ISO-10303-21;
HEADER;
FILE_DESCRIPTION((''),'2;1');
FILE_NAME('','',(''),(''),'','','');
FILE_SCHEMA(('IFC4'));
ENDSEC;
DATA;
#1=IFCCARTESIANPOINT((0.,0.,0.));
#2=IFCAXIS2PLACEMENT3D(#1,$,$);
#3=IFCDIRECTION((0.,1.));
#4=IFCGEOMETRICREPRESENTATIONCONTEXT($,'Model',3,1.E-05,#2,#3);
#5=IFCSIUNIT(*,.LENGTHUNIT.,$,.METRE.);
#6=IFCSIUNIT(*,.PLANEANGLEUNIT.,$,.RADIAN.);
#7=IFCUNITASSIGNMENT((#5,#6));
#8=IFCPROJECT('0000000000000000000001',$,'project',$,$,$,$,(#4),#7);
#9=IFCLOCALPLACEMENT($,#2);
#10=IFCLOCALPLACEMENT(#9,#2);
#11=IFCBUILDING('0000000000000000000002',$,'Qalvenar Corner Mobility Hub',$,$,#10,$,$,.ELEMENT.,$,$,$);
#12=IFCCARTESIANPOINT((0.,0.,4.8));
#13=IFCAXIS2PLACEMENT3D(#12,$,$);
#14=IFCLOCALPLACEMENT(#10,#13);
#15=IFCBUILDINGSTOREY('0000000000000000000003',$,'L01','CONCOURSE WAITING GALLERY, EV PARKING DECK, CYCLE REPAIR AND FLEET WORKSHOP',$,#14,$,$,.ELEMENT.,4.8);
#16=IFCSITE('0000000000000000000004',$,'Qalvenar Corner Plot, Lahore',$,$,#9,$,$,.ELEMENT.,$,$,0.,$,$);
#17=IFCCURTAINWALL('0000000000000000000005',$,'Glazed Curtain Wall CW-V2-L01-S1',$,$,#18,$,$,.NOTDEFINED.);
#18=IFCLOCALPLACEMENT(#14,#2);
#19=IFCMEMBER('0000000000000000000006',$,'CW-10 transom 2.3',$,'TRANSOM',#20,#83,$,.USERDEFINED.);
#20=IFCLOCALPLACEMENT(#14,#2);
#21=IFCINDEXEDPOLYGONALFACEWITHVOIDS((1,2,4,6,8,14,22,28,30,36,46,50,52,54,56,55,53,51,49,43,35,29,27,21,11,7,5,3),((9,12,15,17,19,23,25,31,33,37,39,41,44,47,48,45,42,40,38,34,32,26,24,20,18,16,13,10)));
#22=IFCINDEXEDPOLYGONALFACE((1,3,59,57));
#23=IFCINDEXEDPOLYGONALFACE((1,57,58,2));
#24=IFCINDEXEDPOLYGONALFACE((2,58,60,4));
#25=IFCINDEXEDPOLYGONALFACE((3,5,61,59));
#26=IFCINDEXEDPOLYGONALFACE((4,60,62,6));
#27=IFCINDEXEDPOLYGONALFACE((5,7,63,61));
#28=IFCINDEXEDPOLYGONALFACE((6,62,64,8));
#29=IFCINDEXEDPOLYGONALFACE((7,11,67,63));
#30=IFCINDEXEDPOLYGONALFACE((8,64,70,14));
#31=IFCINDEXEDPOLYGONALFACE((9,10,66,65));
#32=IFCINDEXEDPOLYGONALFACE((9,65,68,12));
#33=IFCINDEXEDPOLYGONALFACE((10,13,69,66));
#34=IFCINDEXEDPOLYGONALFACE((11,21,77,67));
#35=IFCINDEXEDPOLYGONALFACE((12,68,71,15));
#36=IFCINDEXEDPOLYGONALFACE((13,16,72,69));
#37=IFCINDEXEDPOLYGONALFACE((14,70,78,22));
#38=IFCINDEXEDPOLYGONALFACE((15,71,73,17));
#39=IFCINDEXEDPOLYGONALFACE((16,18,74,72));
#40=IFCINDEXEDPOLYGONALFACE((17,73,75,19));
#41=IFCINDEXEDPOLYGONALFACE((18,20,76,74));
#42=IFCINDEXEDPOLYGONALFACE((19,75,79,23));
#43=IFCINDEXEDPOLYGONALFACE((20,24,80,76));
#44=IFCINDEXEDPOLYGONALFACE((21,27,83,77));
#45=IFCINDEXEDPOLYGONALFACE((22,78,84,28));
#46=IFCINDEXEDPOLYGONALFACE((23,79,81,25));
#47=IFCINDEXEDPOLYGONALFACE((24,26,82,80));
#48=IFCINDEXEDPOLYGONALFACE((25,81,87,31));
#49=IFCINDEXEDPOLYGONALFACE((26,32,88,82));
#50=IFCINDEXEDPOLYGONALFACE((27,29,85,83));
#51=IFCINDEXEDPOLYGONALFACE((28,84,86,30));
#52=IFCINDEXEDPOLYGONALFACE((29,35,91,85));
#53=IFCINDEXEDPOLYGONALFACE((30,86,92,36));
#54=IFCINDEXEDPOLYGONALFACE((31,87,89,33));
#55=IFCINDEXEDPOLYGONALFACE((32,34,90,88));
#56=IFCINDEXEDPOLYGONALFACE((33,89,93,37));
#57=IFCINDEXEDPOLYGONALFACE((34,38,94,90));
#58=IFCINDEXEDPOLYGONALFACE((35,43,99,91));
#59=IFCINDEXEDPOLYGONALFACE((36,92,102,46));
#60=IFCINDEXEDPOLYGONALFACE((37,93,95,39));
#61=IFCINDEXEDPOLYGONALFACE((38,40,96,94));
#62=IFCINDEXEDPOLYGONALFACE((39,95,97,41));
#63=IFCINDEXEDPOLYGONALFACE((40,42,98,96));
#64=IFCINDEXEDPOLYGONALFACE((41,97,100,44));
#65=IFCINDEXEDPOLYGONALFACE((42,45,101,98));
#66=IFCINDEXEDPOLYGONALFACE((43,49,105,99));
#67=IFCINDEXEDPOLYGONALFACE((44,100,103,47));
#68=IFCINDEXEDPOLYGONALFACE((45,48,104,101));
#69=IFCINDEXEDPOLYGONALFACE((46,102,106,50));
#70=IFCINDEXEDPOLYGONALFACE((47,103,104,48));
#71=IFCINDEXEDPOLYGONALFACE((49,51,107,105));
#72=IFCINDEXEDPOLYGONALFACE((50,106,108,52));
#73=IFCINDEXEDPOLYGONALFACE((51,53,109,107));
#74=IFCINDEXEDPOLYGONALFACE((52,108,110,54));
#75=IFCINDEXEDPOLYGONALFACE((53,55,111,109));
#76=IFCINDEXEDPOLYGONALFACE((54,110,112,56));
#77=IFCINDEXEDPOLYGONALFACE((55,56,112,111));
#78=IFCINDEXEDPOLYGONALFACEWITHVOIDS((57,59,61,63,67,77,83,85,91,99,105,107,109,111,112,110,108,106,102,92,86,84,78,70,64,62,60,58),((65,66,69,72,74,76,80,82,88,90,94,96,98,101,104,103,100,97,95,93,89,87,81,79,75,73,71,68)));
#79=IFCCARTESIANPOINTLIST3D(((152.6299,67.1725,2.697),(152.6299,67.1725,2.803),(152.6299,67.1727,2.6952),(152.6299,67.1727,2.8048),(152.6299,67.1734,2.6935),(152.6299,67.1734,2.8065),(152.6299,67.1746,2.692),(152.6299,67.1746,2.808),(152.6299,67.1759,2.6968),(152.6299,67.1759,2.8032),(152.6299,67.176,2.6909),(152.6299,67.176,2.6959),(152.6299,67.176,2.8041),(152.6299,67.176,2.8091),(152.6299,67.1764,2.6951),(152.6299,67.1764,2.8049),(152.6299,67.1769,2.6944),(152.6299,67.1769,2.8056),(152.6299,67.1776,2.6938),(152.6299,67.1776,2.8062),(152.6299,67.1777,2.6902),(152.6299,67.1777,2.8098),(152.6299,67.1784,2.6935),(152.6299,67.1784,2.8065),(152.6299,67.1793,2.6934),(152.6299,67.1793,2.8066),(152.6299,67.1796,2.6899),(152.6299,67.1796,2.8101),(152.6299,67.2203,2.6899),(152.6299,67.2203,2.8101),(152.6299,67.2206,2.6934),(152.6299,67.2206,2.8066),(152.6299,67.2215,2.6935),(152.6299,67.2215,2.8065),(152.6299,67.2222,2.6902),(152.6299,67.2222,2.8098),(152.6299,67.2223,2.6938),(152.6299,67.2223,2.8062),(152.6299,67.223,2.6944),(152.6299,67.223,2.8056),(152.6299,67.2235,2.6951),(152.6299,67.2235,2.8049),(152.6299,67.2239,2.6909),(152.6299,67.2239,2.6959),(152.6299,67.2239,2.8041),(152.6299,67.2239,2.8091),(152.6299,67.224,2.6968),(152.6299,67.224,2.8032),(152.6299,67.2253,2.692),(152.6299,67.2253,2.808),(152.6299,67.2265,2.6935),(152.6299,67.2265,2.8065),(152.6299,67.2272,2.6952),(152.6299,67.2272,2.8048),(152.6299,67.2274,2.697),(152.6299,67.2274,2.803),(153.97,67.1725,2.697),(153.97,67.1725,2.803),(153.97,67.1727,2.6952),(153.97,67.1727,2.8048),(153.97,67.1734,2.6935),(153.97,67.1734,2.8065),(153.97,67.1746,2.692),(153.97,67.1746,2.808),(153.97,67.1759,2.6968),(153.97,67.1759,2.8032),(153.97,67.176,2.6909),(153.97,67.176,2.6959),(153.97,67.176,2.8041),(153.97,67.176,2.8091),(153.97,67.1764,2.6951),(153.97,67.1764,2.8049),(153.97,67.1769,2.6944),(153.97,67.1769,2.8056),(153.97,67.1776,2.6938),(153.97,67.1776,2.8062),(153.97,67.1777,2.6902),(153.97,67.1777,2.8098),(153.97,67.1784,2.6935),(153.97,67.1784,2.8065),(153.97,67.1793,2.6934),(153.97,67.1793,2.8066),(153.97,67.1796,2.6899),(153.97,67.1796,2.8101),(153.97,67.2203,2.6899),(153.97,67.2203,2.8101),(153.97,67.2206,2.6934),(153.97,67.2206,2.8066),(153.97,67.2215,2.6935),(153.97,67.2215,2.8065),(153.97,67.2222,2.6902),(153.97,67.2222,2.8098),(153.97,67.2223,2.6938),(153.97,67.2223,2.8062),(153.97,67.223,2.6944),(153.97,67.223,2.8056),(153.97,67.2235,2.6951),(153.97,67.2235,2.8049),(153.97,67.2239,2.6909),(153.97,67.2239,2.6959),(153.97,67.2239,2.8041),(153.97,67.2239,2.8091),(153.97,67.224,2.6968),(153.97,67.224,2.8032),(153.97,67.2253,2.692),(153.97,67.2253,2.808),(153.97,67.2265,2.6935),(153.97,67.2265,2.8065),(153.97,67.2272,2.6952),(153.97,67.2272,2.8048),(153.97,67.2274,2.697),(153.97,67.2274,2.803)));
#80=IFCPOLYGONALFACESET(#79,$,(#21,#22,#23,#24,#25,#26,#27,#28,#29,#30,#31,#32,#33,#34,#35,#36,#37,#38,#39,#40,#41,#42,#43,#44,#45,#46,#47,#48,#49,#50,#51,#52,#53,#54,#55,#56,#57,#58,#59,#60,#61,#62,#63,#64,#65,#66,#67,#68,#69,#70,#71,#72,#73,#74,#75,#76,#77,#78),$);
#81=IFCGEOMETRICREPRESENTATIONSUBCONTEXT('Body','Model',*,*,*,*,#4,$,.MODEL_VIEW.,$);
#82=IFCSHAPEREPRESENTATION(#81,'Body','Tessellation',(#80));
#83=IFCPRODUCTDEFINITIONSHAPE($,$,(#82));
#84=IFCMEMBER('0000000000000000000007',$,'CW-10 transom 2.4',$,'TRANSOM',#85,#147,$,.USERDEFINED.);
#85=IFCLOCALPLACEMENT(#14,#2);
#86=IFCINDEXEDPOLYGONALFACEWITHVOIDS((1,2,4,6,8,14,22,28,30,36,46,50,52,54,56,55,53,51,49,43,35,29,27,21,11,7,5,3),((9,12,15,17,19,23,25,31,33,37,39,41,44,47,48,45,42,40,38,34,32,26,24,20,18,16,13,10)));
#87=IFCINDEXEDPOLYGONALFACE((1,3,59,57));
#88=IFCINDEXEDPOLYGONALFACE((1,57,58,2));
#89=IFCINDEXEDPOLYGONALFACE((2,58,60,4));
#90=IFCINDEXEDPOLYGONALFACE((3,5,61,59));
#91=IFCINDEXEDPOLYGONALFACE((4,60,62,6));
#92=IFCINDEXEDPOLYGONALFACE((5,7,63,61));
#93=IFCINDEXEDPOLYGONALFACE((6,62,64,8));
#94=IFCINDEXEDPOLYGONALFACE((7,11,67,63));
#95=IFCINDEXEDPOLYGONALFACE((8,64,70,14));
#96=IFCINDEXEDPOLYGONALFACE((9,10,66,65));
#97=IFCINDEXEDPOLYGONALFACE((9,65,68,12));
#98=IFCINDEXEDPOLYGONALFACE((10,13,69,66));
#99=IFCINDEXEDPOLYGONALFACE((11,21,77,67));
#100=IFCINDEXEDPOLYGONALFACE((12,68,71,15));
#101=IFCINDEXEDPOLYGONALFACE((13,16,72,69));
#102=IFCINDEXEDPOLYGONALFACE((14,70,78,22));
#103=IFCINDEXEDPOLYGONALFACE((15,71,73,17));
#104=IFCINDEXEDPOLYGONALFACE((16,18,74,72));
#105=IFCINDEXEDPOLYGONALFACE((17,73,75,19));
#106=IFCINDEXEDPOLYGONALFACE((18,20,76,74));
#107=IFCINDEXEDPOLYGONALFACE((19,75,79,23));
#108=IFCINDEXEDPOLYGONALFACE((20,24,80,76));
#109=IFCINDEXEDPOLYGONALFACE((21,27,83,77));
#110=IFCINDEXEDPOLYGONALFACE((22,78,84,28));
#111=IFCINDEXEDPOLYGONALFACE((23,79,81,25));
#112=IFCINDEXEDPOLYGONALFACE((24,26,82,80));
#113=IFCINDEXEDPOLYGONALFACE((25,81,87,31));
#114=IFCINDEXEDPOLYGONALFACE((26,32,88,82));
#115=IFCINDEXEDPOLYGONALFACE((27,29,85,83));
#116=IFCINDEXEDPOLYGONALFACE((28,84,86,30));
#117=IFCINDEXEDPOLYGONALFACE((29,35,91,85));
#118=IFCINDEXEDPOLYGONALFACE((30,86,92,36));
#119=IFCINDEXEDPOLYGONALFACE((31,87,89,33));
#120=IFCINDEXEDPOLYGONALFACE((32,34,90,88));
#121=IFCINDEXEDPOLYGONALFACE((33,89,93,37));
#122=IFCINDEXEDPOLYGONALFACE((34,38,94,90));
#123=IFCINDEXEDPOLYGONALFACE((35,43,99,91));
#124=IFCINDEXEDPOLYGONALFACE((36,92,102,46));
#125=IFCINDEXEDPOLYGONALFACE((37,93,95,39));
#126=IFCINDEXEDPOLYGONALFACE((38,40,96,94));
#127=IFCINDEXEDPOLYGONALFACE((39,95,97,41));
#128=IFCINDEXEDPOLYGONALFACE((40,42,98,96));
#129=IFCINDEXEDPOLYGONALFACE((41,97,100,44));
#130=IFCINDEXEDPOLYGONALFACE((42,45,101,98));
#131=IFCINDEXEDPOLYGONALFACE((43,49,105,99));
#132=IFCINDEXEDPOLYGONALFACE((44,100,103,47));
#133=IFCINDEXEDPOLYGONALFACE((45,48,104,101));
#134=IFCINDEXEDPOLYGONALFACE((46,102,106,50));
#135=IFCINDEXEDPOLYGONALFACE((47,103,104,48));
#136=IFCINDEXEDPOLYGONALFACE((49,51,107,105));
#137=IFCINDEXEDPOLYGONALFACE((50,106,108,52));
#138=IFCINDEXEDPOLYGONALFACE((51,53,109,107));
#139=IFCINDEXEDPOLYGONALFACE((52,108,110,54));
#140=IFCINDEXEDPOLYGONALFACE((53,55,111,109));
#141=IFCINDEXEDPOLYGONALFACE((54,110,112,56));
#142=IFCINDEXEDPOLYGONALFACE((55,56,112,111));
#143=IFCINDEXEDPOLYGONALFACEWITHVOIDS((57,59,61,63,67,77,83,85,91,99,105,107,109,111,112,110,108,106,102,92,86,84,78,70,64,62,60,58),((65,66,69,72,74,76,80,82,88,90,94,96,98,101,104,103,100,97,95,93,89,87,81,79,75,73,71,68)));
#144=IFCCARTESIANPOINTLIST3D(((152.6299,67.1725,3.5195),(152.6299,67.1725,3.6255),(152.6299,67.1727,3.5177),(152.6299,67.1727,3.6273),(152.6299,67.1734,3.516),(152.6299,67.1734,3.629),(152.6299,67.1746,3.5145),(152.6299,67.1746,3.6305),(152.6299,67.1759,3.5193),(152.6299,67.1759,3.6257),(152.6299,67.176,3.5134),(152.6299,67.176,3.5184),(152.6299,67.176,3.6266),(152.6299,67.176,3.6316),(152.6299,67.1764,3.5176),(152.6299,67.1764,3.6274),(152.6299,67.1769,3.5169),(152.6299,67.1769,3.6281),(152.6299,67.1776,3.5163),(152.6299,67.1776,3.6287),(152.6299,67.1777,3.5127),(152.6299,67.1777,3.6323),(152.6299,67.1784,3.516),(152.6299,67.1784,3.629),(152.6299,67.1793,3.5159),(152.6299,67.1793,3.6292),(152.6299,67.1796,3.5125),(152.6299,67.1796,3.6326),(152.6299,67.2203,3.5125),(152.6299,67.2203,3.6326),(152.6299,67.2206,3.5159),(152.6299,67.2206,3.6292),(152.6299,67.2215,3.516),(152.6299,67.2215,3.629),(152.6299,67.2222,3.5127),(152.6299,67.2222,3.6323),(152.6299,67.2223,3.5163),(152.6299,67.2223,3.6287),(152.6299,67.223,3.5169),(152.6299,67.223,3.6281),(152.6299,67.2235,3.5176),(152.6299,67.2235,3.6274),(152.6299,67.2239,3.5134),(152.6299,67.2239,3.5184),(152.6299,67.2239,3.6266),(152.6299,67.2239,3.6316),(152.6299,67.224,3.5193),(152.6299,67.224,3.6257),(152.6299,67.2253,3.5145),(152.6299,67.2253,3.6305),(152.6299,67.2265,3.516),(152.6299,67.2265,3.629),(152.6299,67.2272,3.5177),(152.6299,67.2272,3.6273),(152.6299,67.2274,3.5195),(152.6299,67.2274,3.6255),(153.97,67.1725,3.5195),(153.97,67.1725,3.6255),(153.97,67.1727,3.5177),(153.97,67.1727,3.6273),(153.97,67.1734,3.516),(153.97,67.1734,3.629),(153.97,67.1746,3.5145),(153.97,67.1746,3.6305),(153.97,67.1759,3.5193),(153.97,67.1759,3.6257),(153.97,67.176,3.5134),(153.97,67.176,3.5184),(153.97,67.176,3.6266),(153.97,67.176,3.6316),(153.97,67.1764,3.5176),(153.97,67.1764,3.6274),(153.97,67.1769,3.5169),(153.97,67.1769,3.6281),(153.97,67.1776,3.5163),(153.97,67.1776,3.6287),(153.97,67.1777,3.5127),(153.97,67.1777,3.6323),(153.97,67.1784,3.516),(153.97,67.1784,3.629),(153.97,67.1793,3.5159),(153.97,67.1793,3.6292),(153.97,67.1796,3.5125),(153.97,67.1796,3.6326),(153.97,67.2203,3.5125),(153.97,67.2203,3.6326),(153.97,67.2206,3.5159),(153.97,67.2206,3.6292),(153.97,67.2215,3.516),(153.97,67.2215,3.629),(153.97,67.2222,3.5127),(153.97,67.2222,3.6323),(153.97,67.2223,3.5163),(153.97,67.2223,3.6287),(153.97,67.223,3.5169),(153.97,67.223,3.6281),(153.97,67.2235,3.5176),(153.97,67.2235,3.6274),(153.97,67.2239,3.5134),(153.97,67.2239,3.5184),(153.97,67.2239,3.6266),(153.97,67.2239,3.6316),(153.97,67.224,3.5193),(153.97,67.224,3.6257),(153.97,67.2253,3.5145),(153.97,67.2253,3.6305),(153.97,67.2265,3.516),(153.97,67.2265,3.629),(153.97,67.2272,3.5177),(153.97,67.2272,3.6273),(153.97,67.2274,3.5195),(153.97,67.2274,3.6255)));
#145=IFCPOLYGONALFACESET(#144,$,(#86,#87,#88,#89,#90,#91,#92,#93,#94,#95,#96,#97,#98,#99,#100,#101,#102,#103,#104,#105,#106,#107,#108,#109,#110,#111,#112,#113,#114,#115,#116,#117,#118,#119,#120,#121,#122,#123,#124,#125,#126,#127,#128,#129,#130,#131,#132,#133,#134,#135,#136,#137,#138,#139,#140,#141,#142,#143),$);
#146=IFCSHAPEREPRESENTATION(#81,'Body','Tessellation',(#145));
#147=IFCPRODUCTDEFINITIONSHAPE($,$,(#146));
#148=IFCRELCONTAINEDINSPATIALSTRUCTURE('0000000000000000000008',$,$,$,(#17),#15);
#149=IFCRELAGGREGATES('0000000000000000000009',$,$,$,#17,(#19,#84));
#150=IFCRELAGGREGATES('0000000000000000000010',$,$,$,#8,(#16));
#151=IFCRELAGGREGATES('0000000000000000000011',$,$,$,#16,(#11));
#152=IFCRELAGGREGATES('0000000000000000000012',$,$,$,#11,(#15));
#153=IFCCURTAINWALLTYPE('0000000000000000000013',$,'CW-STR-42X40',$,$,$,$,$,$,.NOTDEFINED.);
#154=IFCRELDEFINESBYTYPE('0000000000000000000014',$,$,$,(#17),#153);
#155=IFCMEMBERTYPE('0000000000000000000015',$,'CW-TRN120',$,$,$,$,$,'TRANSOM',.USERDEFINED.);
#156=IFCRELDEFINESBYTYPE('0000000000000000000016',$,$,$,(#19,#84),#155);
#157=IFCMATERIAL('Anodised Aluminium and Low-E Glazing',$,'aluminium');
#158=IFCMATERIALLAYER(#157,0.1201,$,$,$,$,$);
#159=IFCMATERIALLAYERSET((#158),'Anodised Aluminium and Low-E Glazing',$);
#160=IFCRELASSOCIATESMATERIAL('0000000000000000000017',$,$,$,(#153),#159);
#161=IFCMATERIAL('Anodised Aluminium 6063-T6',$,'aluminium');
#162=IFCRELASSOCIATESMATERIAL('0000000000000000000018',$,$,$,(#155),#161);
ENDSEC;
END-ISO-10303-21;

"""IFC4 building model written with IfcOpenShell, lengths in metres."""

from ifc_helpers import new_model, si_unit, direction, frame, origin, origin_2d, place, context, subcontext, project, spatial, hollow_rectangle, extrude, material, layer, layer_set, material_profile, profile_set, type_object, element, aggregate, save


model = new_model("IFC4")

# Units and contexts
model_context = context("Model", 3, precision=1e-05, world=origin(), true_north=direction((0.0, 1.0)))
body_context = subcontext(model_context, "Body", "Model", "MODEL_VIEW")
ifc_project = project(units=[si_unit("LENGTHUNIT", "METRE"), si_unit("PLANEANGLEUNIT", "RADIAN")], contexts=[model_context])

# Site, building, storey
site_placement = place(None, origin())
site = spatial("IfcSite", under=ifc_project, at=site_placement, Name="Qalvenar Corner Plot, Lahore", CompositionType="ELEMENT", RefElevation=0.0)
building_placement = place(site_placement, origin())
building = spatial("IfcBuilding", under=site, at=building_placement, Name="Qalvenar Corner Mobility Hub", CompositionType="ELEMENT")
storey_placement = place(building_placement, frame((0.0, 0.0, 4.8)))
storey = spatial("IfcBuildingStorey", under=building, at=storey_placement, Name="L01", Description="CONCOURSE WAITING GALLERY, EV PARKING DECK, CYCLE REPAIR AND FLEET WORKSHOP", CompositionType="ELEMENT", Elevation=4.8)

# Curtain wall, members
ifc_material_1 = material(Name="Anodised Aluminium and Low-E Glazing", Category="aluminium")
ifc_layer_1 = layer(ifc_material_1, 0.1201)
ifc_layer_set_1 = layer_set([ifc_layer_1], Name="Anodised Aluminium and Low-E Glazing")
curtain_wall_type = type_object("IfcCurtainWallType", Name="CW-STR-42X40", PredefinedType="NOTDEFINED", material=ifc_layer_set_1)
curtain_wall_placement = place(storey_placement, origin())
curtain_wall = element("IfcCurtainWall", 1, at=curtain_wall_placement, inside=storey, type_object=curtain_wall_type, Name="Glazed Curtain Wall CW-V2-L01-S1", PredefinedType="NOTDEFINED")
ifc_material_2 = material(Name="Anodised Aluminium 6063-T6", Category="aluminium")
ifc_material_profile_1 = material_profile(ifc_material_2, hollow_rectangle(XDim=0.0549, YDim=0.1201, WallThickness=0.0034, InnerFilletRadius=0.0034, OuterFilletRadius=0.0071, at=origin_2d()), Name="RHS120x55x3.5")
ifc_profile_set_1 = profile_set([ifc_material_profile_1], Name="Anodised Aluminium 6063-T6")
member_type_1 = type_object("IfcMemberType", Name="CW-TRN120", ElementType="TRANSOM", PredefinedType="USERDEFINED", material=ifc_profile_set_1)
member_1_placement = place(storey_placement, frame((152.6299, 67.2, 2.75), z_axis=(1.0, 0.0, 0.0), x_axis=(0.0, 1.0, 0.0)))
member_1 = element("IfcMember", 2, at=member_1_placement, type_object=member_type_1, Name="CW-10 transom 2.3", ObjectType="TRANSOM", PredefinedType="USERDEFINED", context=body_context, shape_type="SweptSolid", body=[
    extrude(hollow_rectangle(XDim=0.0549, YDim=0.1201, WallThickness=0.0034, InnerFilletRadius=0.0034, OuterFilletRadius=0.0071, at=origin_2d()), origin(), (0.0, 0.0, 1.0), 1.3401),
])
member_2_placement = place(storey_placement, frame((152.6299, 67.2, 3.5725), z_axis=(1.0, 0.0, 0.0), x_axis=(0.0, 1.0, 0.0)))
member_2 = element("IfcMember", 3, at=member_2_placement, type_object=member_type_1, Name="CW-10 transom 2.4", ObjectType="TRANSOM", PredefinedType="USERDEFINED", context=body_context, shape_type="SweptSolid", body=[
    extrude(hollow_rectangle(XDim=0.0549, YDim=0.1201, WallThickness=0.0034, InnerFilletRadius=0.0034, OuterFilletRadius=0.0071, at=origin_2d()), origin(), (0.0, 0.0, 1.0), 1.3401),
])
aggregate(curtain_wall, [member_1, member_2])

save(model, "model.ifc")
